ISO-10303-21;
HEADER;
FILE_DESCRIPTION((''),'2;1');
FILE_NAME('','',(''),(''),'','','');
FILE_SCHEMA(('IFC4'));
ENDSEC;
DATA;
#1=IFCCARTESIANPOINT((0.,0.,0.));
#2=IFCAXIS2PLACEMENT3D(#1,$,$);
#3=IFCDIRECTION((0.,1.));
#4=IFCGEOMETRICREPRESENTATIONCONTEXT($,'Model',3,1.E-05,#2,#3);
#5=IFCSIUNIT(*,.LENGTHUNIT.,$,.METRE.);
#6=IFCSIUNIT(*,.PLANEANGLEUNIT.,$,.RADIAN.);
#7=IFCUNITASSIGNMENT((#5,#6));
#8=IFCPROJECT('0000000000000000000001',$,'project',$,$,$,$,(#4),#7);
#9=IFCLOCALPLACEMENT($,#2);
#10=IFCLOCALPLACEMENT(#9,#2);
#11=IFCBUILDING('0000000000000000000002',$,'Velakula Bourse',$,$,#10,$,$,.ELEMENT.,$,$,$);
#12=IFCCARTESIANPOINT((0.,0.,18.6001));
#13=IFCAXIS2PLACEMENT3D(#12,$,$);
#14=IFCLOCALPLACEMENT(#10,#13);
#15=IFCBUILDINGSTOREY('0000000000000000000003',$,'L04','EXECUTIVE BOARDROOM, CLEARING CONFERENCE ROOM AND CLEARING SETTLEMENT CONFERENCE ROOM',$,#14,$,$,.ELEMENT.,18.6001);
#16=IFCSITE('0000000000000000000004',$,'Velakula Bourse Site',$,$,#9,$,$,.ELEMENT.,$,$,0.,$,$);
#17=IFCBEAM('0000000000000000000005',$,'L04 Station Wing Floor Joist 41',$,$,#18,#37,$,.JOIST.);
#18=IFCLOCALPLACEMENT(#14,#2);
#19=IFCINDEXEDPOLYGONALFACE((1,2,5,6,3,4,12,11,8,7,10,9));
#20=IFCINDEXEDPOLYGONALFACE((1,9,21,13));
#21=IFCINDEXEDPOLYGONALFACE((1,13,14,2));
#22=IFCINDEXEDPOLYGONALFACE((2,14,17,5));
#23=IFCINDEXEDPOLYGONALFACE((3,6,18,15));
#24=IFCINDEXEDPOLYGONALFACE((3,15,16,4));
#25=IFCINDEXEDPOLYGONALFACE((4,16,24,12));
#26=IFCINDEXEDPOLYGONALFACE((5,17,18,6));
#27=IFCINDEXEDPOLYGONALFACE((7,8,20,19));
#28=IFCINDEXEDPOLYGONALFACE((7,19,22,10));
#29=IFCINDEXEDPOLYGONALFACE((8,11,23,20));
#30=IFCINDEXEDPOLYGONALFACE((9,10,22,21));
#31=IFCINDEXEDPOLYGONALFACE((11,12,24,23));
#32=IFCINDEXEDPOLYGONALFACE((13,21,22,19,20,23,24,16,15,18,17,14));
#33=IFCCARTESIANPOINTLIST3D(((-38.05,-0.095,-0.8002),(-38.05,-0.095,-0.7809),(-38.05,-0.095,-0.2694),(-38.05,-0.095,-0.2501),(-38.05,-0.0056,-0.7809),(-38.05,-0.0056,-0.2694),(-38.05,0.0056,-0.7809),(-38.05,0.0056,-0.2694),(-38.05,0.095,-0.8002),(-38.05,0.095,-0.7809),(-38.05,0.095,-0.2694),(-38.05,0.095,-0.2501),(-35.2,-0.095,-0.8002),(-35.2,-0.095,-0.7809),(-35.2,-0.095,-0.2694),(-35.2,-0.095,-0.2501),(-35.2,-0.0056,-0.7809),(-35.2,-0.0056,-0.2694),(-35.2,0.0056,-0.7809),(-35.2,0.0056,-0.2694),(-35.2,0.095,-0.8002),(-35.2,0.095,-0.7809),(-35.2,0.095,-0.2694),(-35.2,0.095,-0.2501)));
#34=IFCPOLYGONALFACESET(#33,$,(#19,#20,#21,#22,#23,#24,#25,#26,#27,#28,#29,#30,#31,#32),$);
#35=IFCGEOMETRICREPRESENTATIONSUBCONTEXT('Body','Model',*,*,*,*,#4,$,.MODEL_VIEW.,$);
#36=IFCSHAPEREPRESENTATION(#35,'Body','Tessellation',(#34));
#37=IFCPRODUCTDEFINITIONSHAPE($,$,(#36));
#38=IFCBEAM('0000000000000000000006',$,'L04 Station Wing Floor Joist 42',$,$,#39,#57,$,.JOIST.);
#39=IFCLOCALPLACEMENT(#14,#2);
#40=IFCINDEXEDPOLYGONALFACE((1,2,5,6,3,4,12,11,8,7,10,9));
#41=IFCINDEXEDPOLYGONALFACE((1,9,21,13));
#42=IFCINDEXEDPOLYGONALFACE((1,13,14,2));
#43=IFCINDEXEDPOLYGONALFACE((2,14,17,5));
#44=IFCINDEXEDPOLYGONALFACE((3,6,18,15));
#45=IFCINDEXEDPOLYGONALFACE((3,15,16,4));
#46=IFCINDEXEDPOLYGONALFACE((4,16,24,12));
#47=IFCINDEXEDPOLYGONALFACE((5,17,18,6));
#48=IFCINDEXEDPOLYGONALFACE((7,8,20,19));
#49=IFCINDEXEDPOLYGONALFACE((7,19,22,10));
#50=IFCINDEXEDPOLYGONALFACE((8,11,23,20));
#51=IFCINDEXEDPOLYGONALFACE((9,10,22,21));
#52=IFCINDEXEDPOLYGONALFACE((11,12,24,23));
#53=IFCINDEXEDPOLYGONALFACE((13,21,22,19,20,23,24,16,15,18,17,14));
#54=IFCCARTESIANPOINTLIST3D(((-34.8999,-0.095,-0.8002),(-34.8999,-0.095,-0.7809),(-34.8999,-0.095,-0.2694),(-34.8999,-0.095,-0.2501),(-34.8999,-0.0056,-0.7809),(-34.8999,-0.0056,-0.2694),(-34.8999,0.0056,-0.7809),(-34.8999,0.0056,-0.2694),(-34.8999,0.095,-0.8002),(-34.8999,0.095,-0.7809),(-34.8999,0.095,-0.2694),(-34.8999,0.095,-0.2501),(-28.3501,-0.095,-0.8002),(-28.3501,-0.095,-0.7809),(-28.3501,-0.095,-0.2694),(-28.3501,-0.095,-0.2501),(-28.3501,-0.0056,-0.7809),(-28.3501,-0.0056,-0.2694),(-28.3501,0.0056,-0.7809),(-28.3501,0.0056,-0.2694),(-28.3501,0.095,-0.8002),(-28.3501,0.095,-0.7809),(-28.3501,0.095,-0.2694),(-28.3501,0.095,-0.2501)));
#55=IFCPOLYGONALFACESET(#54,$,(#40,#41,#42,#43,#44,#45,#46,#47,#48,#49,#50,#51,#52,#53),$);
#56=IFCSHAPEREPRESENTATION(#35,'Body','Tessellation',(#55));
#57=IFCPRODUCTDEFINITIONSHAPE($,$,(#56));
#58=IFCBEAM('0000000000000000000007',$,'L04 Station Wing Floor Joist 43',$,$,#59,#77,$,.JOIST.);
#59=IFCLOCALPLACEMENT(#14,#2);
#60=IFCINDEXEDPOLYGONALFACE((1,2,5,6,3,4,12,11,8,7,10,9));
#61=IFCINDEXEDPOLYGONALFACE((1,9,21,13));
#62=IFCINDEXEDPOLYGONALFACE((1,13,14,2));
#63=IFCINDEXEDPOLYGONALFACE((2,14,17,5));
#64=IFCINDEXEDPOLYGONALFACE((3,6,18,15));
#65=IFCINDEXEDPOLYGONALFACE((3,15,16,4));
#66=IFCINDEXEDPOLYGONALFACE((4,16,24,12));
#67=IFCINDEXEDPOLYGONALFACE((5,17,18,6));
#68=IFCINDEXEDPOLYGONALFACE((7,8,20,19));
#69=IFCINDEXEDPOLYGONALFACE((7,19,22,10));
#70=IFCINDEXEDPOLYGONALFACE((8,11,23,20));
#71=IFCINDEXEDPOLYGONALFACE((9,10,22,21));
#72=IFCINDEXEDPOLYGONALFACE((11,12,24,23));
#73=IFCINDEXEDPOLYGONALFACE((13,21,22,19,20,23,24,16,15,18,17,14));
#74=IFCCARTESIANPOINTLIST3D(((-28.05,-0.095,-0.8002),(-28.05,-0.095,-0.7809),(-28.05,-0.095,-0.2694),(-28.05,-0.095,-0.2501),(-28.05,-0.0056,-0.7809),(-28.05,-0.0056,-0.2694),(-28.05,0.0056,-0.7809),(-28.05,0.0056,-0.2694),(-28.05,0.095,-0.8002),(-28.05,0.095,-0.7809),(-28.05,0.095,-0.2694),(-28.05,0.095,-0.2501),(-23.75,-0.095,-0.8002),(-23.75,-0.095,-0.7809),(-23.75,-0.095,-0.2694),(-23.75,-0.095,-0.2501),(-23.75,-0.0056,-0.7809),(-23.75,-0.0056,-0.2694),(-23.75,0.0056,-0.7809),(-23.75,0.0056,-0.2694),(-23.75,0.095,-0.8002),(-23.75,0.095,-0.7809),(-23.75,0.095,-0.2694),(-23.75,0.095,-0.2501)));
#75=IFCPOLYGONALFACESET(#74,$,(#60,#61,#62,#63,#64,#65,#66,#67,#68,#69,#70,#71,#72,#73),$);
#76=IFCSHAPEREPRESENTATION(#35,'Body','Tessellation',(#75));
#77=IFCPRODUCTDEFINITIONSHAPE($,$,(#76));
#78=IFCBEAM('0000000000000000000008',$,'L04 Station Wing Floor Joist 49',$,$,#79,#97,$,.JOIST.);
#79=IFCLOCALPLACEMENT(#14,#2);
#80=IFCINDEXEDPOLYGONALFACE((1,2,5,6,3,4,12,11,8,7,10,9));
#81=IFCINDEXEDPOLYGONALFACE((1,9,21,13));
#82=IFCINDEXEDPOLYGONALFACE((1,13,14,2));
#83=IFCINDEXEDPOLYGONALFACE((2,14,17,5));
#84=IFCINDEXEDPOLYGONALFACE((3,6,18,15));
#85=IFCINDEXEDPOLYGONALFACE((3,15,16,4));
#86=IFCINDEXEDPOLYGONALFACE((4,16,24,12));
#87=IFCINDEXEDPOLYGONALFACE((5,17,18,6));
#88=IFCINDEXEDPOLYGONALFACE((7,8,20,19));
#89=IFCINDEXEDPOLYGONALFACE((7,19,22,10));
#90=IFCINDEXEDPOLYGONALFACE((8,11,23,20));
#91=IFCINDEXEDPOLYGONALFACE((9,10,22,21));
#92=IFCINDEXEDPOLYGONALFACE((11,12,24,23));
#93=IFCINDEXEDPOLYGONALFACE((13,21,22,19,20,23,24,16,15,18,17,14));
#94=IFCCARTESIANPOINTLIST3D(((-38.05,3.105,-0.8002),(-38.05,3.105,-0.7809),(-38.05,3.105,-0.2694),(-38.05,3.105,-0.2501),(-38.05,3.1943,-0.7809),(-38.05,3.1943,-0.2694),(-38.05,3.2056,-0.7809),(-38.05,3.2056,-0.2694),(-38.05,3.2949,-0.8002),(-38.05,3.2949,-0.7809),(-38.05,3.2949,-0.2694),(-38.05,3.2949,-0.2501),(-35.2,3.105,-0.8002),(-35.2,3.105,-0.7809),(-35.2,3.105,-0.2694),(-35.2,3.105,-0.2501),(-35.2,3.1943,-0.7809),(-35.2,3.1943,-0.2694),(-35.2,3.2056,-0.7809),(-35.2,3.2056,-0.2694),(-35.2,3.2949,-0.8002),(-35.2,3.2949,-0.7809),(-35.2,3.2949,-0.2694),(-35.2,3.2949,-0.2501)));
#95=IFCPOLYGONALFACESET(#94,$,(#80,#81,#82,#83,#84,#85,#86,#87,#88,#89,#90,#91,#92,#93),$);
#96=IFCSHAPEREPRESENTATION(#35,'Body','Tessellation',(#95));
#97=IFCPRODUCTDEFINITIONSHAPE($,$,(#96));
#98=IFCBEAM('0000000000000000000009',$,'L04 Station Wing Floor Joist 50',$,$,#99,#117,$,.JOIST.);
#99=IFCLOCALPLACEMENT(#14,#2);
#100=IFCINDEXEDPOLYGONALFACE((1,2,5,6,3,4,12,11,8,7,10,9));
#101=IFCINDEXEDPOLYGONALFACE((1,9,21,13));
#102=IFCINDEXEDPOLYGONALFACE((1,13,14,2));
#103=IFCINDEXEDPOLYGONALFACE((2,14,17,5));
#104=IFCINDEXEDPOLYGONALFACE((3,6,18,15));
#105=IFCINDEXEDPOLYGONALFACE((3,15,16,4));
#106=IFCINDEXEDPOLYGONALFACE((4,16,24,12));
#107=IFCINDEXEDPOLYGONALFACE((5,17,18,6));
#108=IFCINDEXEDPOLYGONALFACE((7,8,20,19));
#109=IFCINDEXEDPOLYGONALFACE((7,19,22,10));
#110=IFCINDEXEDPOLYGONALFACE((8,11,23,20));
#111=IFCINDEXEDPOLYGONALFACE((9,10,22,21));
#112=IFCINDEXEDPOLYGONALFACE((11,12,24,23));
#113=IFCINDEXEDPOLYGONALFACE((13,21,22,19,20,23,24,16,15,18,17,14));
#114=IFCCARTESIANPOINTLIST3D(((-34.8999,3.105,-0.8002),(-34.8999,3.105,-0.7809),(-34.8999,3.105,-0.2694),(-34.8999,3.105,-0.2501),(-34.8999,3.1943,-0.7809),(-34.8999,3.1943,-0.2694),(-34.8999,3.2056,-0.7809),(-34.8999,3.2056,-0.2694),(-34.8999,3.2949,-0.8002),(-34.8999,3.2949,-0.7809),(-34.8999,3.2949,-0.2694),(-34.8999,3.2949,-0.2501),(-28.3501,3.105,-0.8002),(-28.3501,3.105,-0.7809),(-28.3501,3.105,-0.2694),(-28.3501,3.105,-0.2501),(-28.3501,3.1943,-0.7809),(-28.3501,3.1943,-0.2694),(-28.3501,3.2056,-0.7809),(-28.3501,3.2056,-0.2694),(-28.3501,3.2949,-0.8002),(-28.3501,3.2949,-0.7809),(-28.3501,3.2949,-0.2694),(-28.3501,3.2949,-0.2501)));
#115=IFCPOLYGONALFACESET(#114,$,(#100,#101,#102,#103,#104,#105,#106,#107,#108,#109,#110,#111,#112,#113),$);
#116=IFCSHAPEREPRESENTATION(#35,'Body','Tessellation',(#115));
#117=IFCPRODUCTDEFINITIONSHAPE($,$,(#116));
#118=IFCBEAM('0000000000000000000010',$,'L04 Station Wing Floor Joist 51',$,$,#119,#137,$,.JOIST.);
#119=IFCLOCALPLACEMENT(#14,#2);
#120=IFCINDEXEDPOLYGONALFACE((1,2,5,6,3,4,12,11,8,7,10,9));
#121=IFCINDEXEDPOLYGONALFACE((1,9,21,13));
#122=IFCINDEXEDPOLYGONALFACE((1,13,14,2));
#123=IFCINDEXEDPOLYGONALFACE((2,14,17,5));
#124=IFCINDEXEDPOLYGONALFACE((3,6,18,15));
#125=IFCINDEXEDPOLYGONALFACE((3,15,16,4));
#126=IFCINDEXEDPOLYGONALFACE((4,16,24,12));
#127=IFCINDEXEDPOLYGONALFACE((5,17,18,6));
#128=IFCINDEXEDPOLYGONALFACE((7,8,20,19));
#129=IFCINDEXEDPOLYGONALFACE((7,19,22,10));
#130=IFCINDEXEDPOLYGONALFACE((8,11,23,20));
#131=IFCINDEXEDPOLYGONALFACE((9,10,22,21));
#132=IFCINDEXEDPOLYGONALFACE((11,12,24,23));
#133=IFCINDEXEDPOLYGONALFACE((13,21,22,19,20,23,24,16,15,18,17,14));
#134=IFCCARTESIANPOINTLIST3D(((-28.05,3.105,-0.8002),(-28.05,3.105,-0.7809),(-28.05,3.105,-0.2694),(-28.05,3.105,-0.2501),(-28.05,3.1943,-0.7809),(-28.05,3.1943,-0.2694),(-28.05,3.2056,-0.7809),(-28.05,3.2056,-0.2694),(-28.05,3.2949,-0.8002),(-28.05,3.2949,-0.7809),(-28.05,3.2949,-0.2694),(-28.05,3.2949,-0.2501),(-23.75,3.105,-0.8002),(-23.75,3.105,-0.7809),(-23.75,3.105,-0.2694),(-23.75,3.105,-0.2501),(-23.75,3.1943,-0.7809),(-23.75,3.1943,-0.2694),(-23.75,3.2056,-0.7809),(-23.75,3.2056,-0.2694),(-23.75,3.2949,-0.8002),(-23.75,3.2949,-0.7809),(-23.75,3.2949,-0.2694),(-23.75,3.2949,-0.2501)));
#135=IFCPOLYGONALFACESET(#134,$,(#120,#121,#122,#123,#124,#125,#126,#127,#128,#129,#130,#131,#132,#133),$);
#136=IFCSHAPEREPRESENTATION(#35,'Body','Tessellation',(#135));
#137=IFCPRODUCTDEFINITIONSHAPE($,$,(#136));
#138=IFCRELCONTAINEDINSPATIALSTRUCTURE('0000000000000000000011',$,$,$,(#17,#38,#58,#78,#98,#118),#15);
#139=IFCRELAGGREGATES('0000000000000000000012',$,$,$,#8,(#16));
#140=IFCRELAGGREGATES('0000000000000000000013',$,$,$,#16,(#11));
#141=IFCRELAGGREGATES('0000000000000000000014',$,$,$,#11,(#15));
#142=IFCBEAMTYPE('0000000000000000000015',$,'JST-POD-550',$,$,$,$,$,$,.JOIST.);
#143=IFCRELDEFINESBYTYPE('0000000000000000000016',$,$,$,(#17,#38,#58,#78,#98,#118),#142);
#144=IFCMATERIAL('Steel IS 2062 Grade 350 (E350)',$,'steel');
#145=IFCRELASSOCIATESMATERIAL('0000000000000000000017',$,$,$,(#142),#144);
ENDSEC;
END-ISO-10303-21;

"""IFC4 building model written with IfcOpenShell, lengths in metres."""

from ifc_helpers import new_model, si_unit, direction, frame, origin, origin_2d, place, context, subcontext, project, spatial, i_section, extrude, material, material_profile, profile_set, type_object, element, save


model = new_model("IFC4")

# Units and contexts
model_context = context("Model", 3, precision=1e-05, world=origin(), true_north=direction((0.0, 1.0)))
body_context = subcontext(model_context, "Body", "Model", "MODEL_VIEW")
ifc_project = project(units=[si_unit("LENGTHUNIT", "METRE"), si_unit("PLANEANGLEUNIT", "RADIAN")], contexts=[model_context])

# Site, building, storey
site_placement = place(None, origin())
site = spatial("IfcSite", under=ifc_project, at=site_placement, Name="Velakula Bourse Site", CompositionType="ELEMENT", RefElevation=0.0)
building_placement = place(site_placement, origin())
building = spatial("IfcBuilding", under=site, at=building_placement, Name="Velakula Bourse", CompositionType="ELEMENT")
storey_placement = place(building_placement, frame((0.0, 0.0, 18.6001)))
storey = spatial("IfcBuildingStorey", under=building, at=storey_placement, Name="L04", Description="EXECUTIVE BOARDROOM, CLEARING CONFERENCE ROOM AND CLEARING SETTLEMENT CONFERENCE ROOM", CompositionType="ELEMENT", Elevation=18.6001)

# Beams
ifc_material_1 = material(Name="Steel IS 2062 Grade 350 (E350)", Category="steel")
ifc_material_profile_1 = material_profile(ifc_material_1, i_section(OverallWidth=0.1899, OverallDepth=0.55, WebThickness=0.0112, FlangeThickness=0.0193, at=origin_2d()), Name="Steel IS 2062 Grade 350 (E350)")
ifc_profile_set_1 = profile_set([ifc_material_profile_1], Name="Steel IS 2062 Grade 350 (E350)")
beam_type_1 = type_object("IfcBeamType", Name="JST-POD-550", PredefinedType="JOIST", material=ifc_profile_set_1)
beam_1_placement = place(storey_placement, frame((-38.05, 0.0, -0.5251), z_axis=(1.0, 0.0, 0.0), x_axis=(0.0, 1.0, 0.0)))
element("IfcBeam", 1, at=beam_1_placement, inside=storey, type_object=beam_type_1, Name="L04 Station Wing Floor Joist 41", PredefinedType="JOIST", context=body_context, shape_type="SweptSolid", body=[
    extrude(i_section(OverallWidth=0.1899, OverallDepth=0.55, WebThickness=0.0112, FlangeThickness=0.0193, at=origin_2d()), origin(), (0.0, 0.0, 1.0), 2.8501),
])
beam_2_placement = place(storey_placement, frame((-34.8999, 0.0, -0.5251), z_axis=(1.0, 0.0, 0.0), x_axis=(0.0, 1.0, 0.0)))
element("IfcBeam", 2, at=beam_2_placement, inside=storey, type_object=beam_type_1, Name="L04 Station Wing Floor Joist 42", PredefinedType="JOIST", context=body_context, shape_type="SweptSolid", body=[
    extrude(i_section(OverallWidth=0.1899, OverallDepth=0.55, WebThickness=0.0112, FlangeThickness=0.0193, at=origin_2d()), origin(), (0.0, 0.0, 1.0), 6.5498),
])
beam_3_placement = place(storey_placement, frame((-28.05, 0.0, -0.5251), z_axis=(1.0, 0.0, 0.0), x_axis=(0.0, 1.0, 0.0)))
element("IfcBeam", 3, at=beam_3_placement, inside=storey, type_object=beam_type_1, Name="L04 Station Wing Floor Joist 43", PredefinedType="JOIST", context=body_context, shape_type="SweptSolid", body=[
    extrude(i_section(OverallWidth=0.1899, OverallDepth=0.55, WebThickness=0.0112, FlangeThickness=0.0193, at=origin_2d()), origin(), (0.0, 0.0, 1.0), 4.3),
])
beam_4_placement = place(storey_placement, frame((-38.05, 3.2, -0.5251), z_axis=(1.0, 0.0, 0.0), x_axis=(0.0, 1.0, 0.0)))
element("IfcBeam", 4, at=beam_4_placement, inside=storey, type_object=beam_type_1, Name="L04 Station Wing Floor Joist 49", PredefinedType="JOIST", context=body_context, shape_type="SweptSolid", body=[
    extrude(i_section(OverallWidth=0.1899, OverallDepth=0.55, WebThickness=0.0112, FlangeThickness=0.0193, at=origin_2d()), origin(), (0.0, 0.0, 1.0), 2.8501),
])
beam_5_placement = place(storey_placement, frame((-34.8999, 3.2, -0.5251), z_axis=(1.0, 0.0, 0.0), x_axis=(0.0, 1.0, 0.0)))
element("IfcBeam", 5, at=beam_5_placement, inside=storey, type_object=beam_type_1, Name="L04 Station Wing Floor Joist 50", PredefinedType="JOIST", context=body_context, shape_type="SweptSolid", body=[
    extrude(i_section(OverallWidth=0.1899, OverallDepth=0.55, WebThickness=0.0112, FlangeThickness=0.0193, at=origin_2d()), origin(), (0.0, 0.0, 1.0), 6.5498),
])
beam_6_placement = place(storey_placement, frame((-28.05, 3.2, -0.5251), z_axis=(1.0, 0.0, 0.0), x_axis=(0.0, 1.0, 0.0)))
element("IfcBeam", 6, at=beam_6_placement, inside=storey, type_object=beam_type_1, Name="L04 Station Wing Floor Joist 51", PredefinedType="JOIST", context=body_context, shape_type="SweptSolid", body=[
    extrude(i_section(OverallWidth=0.1899, OverallDepth=0.55, WebThickness=0.0112, FlangeThickness=0.0193, at=origin_2d()), origin(), (0.0, 0.0, 1.0), 4.3),
])

save(model, "model.ifc")
